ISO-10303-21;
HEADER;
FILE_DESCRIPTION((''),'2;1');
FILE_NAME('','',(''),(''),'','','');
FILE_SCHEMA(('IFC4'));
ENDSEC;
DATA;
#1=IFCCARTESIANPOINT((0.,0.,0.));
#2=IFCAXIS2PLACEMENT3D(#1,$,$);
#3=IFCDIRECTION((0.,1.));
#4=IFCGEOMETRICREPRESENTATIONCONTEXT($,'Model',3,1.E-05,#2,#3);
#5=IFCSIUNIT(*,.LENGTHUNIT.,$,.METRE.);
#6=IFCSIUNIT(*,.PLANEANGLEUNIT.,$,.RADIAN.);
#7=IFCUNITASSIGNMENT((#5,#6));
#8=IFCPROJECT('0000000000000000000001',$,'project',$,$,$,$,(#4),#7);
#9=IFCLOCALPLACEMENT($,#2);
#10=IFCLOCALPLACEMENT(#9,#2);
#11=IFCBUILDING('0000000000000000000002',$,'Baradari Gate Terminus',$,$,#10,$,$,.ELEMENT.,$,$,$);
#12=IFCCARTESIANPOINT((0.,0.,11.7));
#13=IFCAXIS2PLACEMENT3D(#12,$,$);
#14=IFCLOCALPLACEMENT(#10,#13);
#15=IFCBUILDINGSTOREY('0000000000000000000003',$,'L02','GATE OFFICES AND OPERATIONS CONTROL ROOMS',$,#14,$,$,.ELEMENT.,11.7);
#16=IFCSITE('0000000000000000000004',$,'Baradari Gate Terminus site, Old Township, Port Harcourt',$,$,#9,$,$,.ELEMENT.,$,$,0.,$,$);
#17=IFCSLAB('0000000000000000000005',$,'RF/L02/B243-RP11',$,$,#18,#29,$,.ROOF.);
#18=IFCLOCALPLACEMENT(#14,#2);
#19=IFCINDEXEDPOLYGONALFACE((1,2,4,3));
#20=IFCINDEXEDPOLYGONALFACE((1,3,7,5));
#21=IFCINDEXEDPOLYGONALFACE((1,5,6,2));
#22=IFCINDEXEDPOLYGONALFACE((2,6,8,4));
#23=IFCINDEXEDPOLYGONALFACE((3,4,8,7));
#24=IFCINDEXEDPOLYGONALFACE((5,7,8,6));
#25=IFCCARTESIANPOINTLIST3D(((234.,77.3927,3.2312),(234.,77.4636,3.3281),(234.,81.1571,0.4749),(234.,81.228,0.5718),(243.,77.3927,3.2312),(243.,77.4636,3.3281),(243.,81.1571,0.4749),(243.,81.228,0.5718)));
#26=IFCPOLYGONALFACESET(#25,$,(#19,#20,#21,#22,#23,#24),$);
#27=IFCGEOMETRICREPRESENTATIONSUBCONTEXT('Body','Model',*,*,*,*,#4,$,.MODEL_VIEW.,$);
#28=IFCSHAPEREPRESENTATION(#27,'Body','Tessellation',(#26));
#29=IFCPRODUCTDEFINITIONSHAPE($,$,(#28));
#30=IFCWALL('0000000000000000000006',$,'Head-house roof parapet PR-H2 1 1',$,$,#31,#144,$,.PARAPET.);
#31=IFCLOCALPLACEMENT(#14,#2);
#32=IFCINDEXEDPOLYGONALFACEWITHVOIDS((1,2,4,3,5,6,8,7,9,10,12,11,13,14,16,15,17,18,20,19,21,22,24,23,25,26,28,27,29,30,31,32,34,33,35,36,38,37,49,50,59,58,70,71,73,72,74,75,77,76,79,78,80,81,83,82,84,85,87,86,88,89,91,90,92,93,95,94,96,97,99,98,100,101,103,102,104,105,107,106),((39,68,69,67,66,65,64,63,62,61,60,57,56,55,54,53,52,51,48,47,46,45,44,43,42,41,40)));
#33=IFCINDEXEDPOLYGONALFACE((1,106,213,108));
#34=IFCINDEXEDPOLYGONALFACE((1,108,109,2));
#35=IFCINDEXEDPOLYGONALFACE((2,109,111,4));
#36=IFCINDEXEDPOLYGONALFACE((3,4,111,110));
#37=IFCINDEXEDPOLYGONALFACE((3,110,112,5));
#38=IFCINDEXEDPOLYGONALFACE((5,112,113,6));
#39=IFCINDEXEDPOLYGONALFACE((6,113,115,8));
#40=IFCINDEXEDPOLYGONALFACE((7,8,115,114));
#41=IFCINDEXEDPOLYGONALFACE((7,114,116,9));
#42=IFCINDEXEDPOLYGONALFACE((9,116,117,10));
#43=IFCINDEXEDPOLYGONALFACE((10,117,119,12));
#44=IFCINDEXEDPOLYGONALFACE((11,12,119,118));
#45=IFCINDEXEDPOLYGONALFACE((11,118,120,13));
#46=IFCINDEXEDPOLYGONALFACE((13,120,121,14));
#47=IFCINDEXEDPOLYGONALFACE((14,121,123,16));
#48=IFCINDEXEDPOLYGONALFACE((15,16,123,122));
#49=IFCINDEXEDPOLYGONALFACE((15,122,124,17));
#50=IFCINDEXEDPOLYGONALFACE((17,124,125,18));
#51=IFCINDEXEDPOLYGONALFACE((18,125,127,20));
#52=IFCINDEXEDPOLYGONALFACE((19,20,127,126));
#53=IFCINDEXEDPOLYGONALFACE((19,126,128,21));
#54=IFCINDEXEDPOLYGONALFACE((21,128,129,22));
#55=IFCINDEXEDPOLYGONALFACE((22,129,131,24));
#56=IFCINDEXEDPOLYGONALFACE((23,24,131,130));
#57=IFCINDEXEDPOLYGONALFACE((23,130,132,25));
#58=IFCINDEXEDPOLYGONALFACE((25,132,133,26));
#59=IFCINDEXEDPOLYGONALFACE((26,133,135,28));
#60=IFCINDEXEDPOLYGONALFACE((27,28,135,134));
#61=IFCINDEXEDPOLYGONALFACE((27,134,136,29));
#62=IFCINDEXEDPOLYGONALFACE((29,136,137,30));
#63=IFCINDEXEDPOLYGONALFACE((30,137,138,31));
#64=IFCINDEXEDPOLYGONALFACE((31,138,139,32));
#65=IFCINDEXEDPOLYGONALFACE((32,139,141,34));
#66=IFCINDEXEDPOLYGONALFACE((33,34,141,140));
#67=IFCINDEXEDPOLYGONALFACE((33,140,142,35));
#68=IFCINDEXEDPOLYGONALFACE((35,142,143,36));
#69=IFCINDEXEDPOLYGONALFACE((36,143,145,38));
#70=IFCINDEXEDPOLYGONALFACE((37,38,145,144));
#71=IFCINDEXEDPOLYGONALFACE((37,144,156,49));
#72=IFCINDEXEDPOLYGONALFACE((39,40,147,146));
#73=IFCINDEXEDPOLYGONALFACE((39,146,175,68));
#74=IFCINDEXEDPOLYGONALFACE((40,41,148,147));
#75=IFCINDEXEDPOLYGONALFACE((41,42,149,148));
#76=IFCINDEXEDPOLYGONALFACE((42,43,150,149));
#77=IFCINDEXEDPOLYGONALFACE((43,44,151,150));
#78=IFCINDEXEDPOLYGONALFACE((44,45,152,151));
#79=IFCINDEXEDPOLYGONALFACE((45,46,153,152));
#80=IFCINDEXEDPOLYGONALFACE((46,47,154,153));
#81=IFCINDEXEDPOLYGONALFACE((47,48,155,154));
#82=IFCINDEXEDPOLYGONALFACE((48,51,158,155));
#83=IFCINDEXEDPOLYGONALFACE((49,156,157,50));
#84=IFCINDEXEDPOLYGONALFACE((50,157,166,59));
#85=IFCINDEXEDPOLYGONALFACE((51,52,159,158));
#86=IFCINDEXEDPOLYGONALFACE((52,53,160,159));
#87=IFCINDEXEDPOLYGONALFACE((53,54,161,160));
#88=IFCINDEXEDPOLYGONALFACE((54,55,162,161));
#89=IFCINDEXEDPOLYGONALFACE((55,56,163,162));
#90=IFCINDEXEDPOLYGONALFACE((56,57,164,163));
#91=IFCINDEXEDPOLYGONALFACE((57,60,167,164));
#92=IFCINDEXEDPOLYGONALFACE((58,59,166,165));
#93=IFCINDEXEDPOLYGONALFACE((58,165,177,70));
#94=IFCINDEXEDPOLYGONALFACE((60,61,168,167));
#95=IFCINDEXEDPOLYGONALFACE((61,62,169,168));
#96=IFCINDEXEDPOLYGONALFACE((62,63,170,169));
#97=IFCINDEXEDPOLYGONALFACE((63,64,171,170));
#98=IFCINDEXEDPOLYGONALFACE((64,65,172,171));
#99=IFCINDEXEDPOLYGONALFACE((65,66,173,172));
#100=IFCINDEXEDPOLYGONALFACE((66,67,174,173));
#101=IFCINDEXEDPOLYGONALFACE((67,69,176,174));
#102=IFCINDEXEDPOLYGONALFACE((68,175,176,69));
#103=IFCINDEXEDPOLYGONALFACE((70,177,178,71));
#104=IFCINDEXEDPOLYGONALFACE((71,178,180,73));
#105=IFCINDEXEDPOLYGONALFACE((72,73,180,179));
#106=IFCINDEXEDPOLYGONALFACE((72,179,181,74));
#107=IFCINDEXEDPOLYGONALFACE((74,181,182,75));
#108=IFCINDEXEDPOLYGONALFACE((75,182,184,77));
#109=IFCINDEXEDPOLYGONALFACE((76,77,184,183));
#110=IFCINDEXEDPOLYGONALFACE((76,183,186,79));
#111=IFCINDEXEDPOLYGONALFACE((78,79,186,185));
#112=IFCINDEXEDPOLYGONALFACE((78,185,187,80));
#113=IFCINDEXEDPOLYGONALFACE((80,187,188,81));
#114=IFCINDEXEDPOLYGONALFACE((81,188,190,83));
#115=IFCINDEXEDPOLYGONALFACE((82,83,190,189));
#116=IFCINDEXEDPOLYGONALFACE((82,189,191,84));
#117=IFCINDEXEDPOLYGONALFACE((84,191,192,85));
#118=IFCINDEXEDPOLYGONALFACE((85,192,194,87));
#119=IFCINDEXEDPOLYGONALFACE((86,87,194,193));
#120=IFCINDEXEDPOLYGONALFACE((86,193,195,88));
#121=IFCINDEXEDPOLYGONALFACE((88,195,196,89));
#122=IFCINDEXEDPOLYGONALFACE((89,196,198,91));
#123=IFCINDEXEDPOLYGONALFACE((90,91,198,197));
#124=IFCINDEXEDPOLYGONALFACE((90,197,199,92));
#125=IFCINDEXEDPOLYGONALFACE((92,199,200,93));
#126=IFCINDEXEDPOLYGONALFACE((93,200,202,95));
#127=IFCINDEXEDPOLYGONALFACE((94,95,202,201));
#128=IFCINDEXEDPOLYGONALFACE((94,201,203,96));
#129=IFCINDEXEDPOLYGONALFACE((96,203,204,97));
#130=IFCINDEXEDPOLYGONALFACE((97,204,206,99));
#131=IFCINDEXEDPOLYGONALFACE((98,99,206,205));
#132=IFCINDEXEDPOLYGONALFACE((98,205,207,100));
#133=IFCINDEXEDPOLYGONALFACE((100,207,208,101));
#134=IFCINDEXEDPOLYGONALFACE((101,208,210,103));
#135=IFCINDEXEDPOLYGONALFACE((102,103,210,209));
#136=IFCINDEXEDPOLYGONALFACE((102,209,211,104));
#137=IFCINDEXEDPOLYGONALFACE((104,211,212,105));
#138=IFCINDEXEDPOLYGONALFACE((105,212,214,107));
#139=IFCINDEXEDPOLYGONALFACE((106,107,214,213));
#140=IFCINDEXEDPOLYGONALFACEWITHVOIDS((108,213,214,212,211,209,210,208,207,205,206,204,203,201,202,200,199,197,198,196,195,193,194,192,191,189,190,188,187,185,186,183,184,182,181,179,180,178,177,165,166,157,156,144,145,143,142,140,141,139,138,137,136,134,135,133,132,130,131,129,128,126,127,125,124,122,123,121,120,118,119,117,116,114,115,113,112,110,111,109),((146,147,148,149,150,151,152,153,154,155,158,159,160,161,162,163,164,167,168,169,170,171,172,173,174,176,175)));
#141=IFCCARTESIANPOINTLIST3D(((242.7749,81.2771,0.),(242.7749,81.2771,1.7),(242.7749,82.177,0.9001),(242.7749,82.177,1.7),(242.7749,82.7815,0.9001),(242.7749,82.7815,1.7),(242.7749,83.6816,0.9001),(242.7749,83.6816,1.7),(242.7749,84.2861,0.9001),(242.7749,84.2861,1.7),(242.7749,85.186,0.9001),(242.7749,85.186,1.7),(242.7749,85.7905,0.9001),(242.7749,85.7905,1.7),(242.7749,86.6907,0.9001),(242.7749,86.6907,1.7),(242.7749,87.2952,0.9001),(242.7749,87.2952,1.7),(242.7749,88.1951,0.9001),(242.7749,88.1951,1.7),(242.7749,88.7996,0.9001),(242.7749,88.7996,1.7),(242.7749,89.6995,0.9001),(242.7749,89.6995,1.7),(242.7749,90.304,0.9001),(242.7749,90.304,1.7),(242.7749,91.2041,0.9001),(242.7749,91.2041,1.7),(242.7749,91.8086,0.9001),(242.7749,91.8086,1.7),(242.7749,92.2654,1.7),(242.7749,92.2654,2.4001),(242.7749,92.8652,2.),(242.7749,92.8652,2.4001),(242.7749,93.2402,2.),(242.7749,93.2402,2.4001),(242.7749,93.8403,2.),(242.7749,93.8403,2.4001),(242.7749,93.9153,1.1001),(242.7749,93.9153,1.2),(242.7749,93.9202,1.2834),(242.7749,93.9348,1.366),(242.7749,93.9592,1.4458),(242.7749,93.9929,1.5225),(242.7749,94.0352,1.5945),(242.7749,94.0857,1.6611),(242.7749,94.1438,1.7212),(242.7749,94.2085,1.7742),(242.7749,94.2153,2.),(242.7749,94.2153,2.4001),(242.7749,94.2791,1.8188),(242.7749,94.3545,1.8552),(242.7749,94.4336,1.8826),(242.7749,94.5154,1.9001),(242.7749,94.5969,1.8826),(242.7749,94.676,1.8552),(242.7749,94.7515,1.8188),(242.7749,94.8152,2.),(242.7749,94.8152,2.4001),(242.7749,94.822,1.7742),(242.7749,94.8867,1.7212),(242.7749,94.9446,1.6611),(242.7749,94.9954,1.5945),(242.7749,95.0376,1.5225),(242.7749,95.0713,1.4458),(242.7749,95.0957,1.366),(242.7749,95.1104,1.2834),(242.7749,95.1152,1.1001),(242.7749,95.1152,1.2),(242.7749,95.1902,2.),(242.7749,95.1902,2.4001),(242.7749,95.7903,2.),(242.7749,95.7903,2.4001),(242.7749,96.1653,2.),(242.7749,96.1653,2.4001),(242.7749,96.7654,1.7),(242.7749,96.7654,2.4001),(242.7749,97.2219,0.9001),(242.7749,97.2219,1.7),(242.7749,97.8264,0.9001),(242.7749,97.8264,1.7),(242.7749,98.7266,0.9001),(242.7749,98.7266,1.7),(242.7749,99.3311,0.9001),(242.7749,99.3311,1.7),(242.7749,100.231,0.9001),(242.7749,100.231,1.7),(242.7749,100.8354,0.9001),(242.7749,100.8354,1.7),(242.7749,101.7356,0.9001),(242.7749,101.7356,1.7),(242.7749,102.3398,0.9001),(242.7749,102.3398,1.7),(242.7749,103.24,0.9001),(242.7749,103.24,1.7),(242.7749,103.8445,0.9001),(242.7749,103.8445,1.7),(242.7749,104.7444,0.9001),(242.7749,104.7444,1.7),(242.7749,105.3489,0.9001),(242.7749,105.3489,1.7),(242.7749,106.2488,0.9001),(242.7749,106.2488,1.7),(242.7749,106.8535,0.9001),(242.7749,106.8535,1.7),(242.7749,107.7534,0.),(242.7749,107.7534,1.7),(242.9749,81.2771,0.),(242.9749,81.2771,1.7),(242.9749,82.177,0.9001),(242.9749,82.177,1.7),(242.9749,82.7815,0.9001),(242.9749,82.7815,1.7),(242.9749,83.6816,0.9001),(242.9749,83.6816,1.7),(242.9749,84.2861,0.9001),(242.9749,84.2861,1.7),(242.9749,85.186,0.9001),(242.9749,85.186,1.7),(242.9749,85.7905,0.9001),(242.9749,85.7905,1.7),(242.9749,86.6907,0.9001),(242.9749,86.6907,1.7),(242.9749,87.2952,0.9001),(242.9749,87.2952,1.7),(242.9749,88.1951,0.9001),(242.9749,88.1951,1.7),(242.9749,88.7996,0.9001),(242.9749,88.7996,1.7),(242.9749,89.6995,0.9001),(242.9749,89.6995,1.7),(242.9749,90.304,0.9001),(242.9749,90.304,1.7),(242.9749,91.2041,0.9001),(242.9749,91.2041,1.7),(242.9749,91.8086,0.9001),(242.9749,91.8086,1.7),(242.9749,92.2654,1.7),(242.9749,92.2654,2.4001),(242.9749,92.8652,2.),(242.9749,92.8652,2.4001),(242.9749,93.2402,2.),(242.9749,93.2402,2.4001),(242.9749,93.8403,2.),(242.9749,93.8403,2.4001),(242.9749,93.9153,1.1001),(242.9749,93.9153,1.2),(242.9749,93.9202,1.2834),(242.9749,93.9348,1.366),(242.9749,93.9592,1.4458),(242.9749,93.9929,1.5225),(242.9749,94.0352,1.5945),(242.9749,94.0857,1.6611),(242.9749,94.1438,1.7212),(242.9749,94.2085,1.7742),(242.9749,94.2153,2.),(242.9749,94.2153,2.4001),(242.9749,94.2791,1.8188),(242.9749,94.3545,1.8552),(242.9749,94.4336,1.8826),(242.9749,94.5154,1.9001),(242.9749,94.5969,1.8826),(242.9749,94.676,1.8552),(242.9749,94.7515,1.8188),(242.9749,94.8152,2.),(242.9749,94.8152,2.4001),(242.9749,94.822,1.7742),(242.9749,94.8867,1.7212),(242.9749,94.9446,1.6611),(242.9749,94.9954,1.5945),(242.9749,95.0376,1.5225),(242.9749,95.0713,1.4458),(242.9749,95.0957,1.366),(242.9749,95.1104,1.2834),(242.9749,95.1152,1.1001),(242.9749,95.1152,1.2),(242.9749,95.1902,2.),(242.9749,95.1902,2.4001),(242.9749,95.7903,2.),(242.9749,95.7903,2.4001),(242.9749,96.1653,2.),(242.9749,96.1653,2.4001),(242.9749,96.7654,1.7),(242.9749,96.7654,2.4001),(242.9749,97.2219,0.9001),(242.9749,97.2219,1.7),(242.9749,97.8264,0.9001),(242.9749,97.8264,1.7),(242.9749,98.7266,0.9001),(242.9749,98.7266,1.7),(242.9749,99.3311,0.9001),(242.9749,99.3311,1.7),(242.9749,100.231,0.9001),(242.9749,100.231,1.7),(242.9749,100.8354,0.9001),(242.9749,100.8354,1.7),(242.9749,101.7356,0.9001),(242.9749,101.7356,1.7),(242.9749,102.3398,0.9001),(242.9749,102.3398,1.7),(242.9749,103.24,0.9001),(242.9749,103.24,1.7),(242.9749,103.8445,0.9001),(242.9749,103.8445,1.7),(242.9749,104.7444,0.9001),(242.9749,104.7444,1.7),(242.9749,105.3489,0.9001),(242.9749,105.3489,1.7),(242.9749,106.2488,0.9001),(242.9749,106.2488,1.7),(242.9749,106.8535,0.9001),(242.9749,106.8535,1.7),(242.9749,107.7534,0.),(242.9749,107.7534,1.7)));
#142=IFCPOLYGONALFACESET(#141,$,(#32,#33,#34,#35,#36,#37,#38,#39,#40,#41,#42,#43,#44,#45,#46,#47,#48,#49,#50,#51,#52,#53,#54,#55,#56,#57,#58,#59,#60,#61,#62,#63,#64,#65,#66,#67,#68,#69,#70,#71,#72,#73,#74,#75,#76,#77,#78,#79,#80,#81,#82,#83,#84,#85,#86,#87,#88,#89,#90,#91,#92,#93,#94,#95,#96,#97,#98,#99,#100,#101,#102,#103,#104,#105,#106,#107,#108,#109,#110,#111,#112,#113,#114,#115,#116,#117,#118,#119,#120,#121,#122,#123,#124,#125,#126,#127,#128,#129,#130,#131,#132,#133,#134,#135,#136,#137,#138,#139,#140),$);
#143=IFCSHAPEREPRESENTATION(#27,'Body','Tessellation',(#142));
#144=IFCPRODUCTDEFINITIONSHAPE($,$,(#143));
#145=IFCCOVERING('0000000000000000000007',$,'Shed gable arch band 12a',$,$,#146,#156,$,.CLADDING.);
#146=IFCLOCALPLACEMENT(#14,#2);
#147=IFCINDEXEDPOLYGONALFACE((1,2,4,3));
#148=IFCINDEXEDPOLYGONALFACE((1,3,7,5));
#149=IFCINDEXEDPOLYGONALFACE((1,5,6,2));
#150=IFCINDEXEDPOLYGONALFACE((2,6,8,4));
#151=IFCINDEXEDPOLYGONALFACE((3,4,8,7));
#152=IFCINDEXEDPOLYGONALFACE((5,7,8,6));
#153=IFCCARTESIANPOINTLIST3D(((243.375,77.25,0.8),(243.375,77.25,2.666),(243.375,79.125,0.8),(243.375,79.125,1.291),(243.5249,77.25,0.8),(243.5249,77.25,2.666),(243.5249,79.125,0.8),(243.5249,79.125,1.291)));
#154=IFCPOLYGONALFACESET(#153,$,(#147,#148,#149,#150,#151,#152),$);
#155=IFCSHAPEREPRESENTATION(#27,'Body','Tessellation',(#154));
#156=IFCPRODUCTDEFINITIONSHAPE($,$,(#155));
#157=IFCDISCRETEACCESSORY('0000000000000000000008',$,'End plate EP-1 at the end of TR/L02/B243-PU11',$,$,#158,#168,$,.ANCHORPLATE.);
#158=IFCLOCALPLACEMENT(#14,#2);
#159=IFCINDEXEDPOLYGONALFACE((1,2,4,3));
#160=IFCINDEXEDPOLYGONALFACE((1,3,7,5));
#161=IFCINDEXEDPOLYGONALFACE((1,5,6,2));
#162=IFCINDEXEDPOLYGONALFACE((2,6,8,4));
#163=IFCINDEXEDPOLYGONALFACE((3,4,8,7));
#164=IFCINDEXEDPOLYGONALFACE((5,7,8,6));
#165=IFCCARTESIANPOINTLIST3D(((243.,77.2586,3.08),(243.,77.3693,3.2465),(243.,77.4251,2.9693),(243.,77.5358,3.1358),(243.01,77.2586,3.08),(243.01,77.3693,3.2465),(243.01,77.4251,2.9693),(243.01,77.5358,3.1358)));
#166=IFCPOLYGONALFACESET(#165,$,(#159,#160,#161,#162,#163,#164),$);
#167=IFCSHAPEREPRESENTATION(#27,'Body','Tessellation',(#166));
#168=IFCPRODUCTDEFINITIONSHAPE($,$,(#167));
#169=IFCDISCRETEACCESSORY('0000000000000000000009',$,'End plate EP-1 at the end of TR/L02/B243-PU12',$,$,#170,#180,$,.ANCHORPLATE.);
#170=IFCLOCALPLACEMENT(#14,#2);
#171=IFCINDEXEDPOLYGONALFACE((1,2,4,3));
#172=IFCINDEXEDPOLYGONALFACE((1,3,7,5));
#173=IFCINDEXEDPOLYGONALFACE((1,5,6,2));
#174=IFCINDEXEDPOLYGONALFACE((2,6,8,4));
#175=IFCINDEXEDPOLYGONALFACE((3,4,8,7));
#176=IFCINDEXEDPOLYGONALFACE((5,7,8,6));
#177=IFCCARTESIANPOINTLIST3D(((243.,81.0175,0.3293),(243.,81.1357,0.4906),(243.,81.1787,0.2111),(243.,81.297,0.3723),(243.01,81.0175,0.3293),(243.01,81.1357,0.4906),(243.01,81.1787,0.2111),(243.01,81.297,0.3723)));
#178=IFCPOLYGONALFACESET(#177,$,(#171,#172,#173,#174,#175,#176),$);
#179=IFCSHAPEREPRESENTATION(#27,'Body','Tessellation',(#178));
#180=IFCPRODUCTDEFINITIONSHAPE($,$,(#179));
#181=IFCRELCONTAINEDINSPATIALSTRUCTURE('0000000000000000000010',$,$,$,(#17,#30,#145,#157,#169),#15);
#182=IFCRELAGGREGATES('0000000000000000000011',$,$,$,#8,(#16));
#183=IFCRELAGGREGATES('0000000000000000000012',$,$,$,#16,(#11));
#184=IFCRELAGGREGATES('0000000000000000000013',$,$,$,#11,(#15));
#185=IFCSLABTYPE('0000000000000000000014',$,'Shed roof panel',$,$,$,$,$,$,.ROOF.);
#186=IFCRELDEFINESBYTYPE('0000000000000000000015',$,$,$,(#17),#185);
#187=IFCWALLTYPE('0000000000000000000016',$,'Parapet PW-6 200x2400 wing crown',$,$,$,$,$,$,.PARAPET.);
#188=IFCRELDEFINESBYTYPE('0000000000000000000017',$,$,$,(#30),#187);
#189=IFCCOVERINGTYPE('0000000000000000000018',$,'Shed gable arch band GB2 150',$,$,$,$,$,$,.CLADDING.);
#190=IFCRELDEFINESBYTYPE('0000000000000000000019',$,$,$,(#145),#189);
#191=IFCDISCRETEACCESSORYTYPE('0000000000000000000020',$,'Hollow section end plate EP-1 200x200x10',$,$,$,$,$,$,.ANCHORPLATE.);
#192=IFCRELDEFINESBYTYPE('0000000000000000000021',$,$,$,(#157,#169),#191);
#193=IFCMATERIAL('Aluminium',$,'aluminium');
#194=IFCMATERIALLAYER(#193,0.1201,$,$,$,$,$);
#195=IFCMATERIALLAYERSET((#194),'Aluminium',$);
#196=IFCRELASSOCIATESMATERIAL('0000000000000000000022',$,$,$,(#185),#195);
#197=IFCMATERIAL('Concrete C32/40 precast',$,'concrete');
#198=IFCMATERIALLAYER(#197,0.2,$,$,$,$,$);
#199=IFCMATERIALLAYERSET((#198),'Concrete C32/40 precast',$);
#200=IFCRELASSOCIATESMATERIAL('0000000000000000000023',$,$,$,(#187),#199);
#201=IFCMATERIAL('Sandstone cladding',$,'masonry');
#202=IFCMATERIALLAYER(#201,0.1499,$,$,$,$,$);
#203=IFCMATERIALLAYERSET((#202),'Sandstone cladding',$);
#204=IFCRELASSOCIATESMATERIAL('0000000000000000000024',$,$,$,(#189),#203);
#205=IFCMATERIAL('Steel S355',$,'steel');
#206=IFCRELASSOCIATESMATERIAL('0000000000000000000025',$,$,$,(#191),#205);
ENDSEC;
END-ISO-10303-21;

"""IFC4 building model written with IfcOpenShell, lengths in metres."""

from ifc_helpers import new_model, si_unit, direction, frame, origin, origin_2d, place, context, subcontext, project, spatial, polyline, rectangle, outline, extrude, material, layer, layer_set, type_object, element, save


model = new_model("IFC4")

# Units and contexts
model_context = context("Model", 3, precision=1e-05, world=origin(), true_north=direction((0.0, 1.0)))
body_context = subcontext(model_context, "Body", "Model", "MODEL_VIEW")
ifc_project = project(units=[si_unit("LENGTHUNIT", "METRE"), si_unit("PLANEANGLEUNIT", "RADIAN")], contexts=[model_context])

# Site, building, storey
site_placement = place(None, origin())
site = spatial("IfcSite", under=ifc_project, at=site_placement, Name="Baradari Gate Terminus site, Old Township, Port Harcourt", CompositionType="ELEMENT", RefElevation=0.0)
building_placement = place(site_placement, origin())
building = spatial("IfcBuilding", under=site, at=building_placement, Name="Baradari Gate Terminus", CompositionType="ELEMENT")
storey_placement = place(building_placement, frame((0.0, 0.0, 11.7)))
storey = spatial("IfcBuildingStorey", under=building, at=storey_placement, Name="L02", Description="GATE OFFICES AND OPERATIONS CONTROL ROOMS", CompositionType="ELEMENT", Elevation=11.7)

# Slab
ifc_material_1 = material(Name="Aluminium", Category="aluminium")
ifc_layer_1 = layer(ifc_material_1, 0.1201)
ifc_layer_set_1 = layer_set([ifc_layer_1], Name="Aluminium")
slab_type = type_object("IfcSlabType", Name="Shed roof panel", PredefinedType="ROOF", material=ifc_layer_set_1)
slab_placement = place(storey_placement, frame((234.0, 77.4636, 3.3281), z_axis=(0.0, 0.590776, 0.806836), x_axis=(1.0, 0.0, 0.0)))
element("IfcSlab", 1, at=slab_placement, inside=storey, type_object=slab_type, Name="RF/L02/B243-RP11", PredefinedType="ROOF", context=body_context, shape_type="SweptSolid", body=[
    extrude(outline(polyline([(0.0, 0.0), (9.0, 0.0), (9.0, 4.6656), (0.0, 4.6656), (0.0, 0.0)])), origin(), (0.0, 0.0, -1.0), 0.1201),
])

# Wall
ifc_material_2 = material(Name="Concrete C32/40 precast", Category="concrete")
ifc_layer_2 = layer(ifc_material_2, 0.2)
ifc_layer_set_2 = layer_set([ifc_layer_2], Name="Concrete C32/40 precast")
wall_type = type_object("IfcWallType", Name="Parapet PW-6 200x2400 wing crown", PredefinedType="PARAPET", material=ifc_layer_set_2)
wall_placement = place(storey_placement, frame((242.875, 81.2771, 0.0), z_axis=(0.0, 0.0, 1.0), x_axis=(0.0, 1.0, 0.0)))
element("IfcWall", 2, at=wall_placement, inside=storey, type_object=wall_type, Name="Head-house roof parapet PR-H2 1 1", PredefinedType="PARAPET", context=body_context, shape_type="SweptSolid", body=[
    extrude(outline(polyline([(6.918, 0.9001), (6.918, 1.7), (6.0181, 1.7), (6.0181, 0.9001), (5.4136, 0.9001), (5.4136, 1.7), (4.5134, 1.7), (4.5134, 0.9001), (3.9089, 0.9001), (3.9089, 1.7), (3.009, 1.7), (3.009, 0.9001), (2.4045, 0.9001), (2.4045, 1.7), (1.5044, 1.7), (1.5044, 0.9001), (0.8999, 0.9001), (0.8999, 1.7), (0.0, 1.7), (0.0, 0.0), (26.4763, 0.0), (26.4763, 1.7), (25.5764, 1.7), (25.5764, 0.9001), (24.9717, 0.9001), (24.9717, 1.7), (24.0718, 1.7), (24.0718, 0.9001), (23.4673, 0.9001), (23.4673, 1.7), (22.5674, 1.7), (22.5674, 0.9001), (21.9629, 0.9001), (21.9629, 1.7), (21.0627, 1.7), (21.0627, 0.9001), (20.4585, 0.9001), (20.4585, 1.7), (19.5583, 1.7), (19.5583, 0.9001), (18.9539, 0.9001), (18.9539, 1.7), (18.054, 1.7), (18.054, 0.9001), (17.4495, 0.9001), (17.4495, 1.7), (16.5493, 1.7), (16.5493, 0.9001), (15.9448, 0.9001), (15.9448, 1.7), (15.4883, 1.7), (15.4883, 2.4001), (14.8882, 2.4001), (14.8882, 2.0), (14.5132, 2.0), (14.5132, 2.4001), (13.9131, 2.4001), (13.9131, 2.0), (13.5381, 2.0), (13.5381, 2.4001), (12.9382, 2.4001), (12.9382, 2.0), (12.5632, 2.0), (12.5632, 2.4001), (11.9631, 2.4001), (11.9631, 2.0), (11.5881, 2.0), (11.5881, 2.4001), (10.9883, 2.4001), (10.9883, 1.7), (10.5315, 1.7), (10.5315, 0.9001), (9.927, 0.9001), (9.927, 1.7), (9.0269, 1.7), (9.0269, 0.9001), (8.4224, 0.9001), (8.4224, 1.7), (7.5225, 1.7), (7.5225, 0.9001), (6.918, 0.9001)]), holes=[polyline([(12.6382, 1.1001), (12.6382, 1.2), (12.6431, 1.2834), (12.6577, 1.366), (12.6821, 1.4458), (12.7158, 1.5225), (12.7581, 1.5945), (12.8086, 1.6611), (12.8667, 1.7212), (12.9314, 1.7742), (13.002, 1.8188), (13.0774, 1.8552), (13.1565, 1.8826), (13.2383, 1.9001), (13.3198, 1.8826), (13.3989, 1.8552), (13.4744, 1.8188), (13.5449, 1.7742), (13.6096, 1.7212), (13.6675, 1.6611), (13.7183, 1.5945), (13.7605, 1.5225), (13.7942, 1.4458), (13.8186, 1.366), (13.8333, 1.2834), (13.8381, 1.2), (13.8381, 1.1001), (12.6382, 1.1001)])]), frame((0.0, 0.1001, 0.0), z_axis=(0.0, -1.0, 0.0), x_axis=(1.0, 0.0, 0.0)), (0.0, 0.0, 1.0), 0.2),
])

# Covering
ifc_material_3 = material(Name="Sandstone cladding", Category="masonry")
ifc_layer_3 = layer(ifc_material_3, 0.1499)
ifc_layer_set_3 = layer_set([ifc_layer_3], Name="Sandstone cladding")
covering_type = type_object("IfcCoveringType", Name="Shed gable arch band GB2 150", PredefinedType="CLADDING", material=ifc_layer_set_3)
covering_placement = place(storey_placement, frame((243.45, 77.25, 0.8), z_axis=(0.0, 0.0, 1.0), x_axis=(0.0, 1.0, 0.0)))
element("IfcCovering", 3, at=covering_placement, inside=storey, type_object=covering_type, Name="Shed gable arch band 12a", PredefinedType="CLADDING", context=body_context, shape_type="SweptSolid", body=[
    extrude(outline(polyline([(1.875, 0.0), (1.875, 0.491), (0.0, 1.866), (0.0, 0.0), (1.875, 0.0)])), frame((0.0, 0.075, 0.0), z_axis=(0.0, -1.0, 0.0), x_axis=(1.0, 0.0, 0.0)), (0.0, 0.0, 1.0), 0.1499),
])

# Discrete accessories
ifc_material_4 = material(Name="Steel S355", Category="steel")
discrete_accessory_type_1 = type_object("IfcDiscreteAccessoryType", Name="Hollow section end plate EP-1 200x200x10", PredefinedType="ANCHORPLATE", material=ifc_material_4)
for number, where, z_axis, x_axis, name in (
    (4, (243.0, 77.3972, 3.1079), (1.0, 0.0, 0.0), (0.0, 0.832836, -0.553519), "End plate EP-1 at the end of TR/L02/B243-PU11"),
    (5, (243.0, 81.1572, 0.3508), (1.0, 0.0, 0.0), (0.0, 0.806405, -0.591364), "End plate EP-1 at the end of TR/L02/B243-PU12"),
):
    element("IfcDiscreteAccessory", number, at=place(storey_placement, frame(where, z_axis=z_axis, x_axis=x_axis)), inside=storey, type_object=discrete_accessory_type_1, Name=name, PredefinedType="ANCHORPLATE", context=body_context, shape_type="SweptSolid", body=[
        extrude(rectangle(XDim=0.2, YDim=0.2, at=origin_2d()), origin(), (0.0, 0.0, 1.0), 0.01),
    ])

save(model, "model.ifc")
